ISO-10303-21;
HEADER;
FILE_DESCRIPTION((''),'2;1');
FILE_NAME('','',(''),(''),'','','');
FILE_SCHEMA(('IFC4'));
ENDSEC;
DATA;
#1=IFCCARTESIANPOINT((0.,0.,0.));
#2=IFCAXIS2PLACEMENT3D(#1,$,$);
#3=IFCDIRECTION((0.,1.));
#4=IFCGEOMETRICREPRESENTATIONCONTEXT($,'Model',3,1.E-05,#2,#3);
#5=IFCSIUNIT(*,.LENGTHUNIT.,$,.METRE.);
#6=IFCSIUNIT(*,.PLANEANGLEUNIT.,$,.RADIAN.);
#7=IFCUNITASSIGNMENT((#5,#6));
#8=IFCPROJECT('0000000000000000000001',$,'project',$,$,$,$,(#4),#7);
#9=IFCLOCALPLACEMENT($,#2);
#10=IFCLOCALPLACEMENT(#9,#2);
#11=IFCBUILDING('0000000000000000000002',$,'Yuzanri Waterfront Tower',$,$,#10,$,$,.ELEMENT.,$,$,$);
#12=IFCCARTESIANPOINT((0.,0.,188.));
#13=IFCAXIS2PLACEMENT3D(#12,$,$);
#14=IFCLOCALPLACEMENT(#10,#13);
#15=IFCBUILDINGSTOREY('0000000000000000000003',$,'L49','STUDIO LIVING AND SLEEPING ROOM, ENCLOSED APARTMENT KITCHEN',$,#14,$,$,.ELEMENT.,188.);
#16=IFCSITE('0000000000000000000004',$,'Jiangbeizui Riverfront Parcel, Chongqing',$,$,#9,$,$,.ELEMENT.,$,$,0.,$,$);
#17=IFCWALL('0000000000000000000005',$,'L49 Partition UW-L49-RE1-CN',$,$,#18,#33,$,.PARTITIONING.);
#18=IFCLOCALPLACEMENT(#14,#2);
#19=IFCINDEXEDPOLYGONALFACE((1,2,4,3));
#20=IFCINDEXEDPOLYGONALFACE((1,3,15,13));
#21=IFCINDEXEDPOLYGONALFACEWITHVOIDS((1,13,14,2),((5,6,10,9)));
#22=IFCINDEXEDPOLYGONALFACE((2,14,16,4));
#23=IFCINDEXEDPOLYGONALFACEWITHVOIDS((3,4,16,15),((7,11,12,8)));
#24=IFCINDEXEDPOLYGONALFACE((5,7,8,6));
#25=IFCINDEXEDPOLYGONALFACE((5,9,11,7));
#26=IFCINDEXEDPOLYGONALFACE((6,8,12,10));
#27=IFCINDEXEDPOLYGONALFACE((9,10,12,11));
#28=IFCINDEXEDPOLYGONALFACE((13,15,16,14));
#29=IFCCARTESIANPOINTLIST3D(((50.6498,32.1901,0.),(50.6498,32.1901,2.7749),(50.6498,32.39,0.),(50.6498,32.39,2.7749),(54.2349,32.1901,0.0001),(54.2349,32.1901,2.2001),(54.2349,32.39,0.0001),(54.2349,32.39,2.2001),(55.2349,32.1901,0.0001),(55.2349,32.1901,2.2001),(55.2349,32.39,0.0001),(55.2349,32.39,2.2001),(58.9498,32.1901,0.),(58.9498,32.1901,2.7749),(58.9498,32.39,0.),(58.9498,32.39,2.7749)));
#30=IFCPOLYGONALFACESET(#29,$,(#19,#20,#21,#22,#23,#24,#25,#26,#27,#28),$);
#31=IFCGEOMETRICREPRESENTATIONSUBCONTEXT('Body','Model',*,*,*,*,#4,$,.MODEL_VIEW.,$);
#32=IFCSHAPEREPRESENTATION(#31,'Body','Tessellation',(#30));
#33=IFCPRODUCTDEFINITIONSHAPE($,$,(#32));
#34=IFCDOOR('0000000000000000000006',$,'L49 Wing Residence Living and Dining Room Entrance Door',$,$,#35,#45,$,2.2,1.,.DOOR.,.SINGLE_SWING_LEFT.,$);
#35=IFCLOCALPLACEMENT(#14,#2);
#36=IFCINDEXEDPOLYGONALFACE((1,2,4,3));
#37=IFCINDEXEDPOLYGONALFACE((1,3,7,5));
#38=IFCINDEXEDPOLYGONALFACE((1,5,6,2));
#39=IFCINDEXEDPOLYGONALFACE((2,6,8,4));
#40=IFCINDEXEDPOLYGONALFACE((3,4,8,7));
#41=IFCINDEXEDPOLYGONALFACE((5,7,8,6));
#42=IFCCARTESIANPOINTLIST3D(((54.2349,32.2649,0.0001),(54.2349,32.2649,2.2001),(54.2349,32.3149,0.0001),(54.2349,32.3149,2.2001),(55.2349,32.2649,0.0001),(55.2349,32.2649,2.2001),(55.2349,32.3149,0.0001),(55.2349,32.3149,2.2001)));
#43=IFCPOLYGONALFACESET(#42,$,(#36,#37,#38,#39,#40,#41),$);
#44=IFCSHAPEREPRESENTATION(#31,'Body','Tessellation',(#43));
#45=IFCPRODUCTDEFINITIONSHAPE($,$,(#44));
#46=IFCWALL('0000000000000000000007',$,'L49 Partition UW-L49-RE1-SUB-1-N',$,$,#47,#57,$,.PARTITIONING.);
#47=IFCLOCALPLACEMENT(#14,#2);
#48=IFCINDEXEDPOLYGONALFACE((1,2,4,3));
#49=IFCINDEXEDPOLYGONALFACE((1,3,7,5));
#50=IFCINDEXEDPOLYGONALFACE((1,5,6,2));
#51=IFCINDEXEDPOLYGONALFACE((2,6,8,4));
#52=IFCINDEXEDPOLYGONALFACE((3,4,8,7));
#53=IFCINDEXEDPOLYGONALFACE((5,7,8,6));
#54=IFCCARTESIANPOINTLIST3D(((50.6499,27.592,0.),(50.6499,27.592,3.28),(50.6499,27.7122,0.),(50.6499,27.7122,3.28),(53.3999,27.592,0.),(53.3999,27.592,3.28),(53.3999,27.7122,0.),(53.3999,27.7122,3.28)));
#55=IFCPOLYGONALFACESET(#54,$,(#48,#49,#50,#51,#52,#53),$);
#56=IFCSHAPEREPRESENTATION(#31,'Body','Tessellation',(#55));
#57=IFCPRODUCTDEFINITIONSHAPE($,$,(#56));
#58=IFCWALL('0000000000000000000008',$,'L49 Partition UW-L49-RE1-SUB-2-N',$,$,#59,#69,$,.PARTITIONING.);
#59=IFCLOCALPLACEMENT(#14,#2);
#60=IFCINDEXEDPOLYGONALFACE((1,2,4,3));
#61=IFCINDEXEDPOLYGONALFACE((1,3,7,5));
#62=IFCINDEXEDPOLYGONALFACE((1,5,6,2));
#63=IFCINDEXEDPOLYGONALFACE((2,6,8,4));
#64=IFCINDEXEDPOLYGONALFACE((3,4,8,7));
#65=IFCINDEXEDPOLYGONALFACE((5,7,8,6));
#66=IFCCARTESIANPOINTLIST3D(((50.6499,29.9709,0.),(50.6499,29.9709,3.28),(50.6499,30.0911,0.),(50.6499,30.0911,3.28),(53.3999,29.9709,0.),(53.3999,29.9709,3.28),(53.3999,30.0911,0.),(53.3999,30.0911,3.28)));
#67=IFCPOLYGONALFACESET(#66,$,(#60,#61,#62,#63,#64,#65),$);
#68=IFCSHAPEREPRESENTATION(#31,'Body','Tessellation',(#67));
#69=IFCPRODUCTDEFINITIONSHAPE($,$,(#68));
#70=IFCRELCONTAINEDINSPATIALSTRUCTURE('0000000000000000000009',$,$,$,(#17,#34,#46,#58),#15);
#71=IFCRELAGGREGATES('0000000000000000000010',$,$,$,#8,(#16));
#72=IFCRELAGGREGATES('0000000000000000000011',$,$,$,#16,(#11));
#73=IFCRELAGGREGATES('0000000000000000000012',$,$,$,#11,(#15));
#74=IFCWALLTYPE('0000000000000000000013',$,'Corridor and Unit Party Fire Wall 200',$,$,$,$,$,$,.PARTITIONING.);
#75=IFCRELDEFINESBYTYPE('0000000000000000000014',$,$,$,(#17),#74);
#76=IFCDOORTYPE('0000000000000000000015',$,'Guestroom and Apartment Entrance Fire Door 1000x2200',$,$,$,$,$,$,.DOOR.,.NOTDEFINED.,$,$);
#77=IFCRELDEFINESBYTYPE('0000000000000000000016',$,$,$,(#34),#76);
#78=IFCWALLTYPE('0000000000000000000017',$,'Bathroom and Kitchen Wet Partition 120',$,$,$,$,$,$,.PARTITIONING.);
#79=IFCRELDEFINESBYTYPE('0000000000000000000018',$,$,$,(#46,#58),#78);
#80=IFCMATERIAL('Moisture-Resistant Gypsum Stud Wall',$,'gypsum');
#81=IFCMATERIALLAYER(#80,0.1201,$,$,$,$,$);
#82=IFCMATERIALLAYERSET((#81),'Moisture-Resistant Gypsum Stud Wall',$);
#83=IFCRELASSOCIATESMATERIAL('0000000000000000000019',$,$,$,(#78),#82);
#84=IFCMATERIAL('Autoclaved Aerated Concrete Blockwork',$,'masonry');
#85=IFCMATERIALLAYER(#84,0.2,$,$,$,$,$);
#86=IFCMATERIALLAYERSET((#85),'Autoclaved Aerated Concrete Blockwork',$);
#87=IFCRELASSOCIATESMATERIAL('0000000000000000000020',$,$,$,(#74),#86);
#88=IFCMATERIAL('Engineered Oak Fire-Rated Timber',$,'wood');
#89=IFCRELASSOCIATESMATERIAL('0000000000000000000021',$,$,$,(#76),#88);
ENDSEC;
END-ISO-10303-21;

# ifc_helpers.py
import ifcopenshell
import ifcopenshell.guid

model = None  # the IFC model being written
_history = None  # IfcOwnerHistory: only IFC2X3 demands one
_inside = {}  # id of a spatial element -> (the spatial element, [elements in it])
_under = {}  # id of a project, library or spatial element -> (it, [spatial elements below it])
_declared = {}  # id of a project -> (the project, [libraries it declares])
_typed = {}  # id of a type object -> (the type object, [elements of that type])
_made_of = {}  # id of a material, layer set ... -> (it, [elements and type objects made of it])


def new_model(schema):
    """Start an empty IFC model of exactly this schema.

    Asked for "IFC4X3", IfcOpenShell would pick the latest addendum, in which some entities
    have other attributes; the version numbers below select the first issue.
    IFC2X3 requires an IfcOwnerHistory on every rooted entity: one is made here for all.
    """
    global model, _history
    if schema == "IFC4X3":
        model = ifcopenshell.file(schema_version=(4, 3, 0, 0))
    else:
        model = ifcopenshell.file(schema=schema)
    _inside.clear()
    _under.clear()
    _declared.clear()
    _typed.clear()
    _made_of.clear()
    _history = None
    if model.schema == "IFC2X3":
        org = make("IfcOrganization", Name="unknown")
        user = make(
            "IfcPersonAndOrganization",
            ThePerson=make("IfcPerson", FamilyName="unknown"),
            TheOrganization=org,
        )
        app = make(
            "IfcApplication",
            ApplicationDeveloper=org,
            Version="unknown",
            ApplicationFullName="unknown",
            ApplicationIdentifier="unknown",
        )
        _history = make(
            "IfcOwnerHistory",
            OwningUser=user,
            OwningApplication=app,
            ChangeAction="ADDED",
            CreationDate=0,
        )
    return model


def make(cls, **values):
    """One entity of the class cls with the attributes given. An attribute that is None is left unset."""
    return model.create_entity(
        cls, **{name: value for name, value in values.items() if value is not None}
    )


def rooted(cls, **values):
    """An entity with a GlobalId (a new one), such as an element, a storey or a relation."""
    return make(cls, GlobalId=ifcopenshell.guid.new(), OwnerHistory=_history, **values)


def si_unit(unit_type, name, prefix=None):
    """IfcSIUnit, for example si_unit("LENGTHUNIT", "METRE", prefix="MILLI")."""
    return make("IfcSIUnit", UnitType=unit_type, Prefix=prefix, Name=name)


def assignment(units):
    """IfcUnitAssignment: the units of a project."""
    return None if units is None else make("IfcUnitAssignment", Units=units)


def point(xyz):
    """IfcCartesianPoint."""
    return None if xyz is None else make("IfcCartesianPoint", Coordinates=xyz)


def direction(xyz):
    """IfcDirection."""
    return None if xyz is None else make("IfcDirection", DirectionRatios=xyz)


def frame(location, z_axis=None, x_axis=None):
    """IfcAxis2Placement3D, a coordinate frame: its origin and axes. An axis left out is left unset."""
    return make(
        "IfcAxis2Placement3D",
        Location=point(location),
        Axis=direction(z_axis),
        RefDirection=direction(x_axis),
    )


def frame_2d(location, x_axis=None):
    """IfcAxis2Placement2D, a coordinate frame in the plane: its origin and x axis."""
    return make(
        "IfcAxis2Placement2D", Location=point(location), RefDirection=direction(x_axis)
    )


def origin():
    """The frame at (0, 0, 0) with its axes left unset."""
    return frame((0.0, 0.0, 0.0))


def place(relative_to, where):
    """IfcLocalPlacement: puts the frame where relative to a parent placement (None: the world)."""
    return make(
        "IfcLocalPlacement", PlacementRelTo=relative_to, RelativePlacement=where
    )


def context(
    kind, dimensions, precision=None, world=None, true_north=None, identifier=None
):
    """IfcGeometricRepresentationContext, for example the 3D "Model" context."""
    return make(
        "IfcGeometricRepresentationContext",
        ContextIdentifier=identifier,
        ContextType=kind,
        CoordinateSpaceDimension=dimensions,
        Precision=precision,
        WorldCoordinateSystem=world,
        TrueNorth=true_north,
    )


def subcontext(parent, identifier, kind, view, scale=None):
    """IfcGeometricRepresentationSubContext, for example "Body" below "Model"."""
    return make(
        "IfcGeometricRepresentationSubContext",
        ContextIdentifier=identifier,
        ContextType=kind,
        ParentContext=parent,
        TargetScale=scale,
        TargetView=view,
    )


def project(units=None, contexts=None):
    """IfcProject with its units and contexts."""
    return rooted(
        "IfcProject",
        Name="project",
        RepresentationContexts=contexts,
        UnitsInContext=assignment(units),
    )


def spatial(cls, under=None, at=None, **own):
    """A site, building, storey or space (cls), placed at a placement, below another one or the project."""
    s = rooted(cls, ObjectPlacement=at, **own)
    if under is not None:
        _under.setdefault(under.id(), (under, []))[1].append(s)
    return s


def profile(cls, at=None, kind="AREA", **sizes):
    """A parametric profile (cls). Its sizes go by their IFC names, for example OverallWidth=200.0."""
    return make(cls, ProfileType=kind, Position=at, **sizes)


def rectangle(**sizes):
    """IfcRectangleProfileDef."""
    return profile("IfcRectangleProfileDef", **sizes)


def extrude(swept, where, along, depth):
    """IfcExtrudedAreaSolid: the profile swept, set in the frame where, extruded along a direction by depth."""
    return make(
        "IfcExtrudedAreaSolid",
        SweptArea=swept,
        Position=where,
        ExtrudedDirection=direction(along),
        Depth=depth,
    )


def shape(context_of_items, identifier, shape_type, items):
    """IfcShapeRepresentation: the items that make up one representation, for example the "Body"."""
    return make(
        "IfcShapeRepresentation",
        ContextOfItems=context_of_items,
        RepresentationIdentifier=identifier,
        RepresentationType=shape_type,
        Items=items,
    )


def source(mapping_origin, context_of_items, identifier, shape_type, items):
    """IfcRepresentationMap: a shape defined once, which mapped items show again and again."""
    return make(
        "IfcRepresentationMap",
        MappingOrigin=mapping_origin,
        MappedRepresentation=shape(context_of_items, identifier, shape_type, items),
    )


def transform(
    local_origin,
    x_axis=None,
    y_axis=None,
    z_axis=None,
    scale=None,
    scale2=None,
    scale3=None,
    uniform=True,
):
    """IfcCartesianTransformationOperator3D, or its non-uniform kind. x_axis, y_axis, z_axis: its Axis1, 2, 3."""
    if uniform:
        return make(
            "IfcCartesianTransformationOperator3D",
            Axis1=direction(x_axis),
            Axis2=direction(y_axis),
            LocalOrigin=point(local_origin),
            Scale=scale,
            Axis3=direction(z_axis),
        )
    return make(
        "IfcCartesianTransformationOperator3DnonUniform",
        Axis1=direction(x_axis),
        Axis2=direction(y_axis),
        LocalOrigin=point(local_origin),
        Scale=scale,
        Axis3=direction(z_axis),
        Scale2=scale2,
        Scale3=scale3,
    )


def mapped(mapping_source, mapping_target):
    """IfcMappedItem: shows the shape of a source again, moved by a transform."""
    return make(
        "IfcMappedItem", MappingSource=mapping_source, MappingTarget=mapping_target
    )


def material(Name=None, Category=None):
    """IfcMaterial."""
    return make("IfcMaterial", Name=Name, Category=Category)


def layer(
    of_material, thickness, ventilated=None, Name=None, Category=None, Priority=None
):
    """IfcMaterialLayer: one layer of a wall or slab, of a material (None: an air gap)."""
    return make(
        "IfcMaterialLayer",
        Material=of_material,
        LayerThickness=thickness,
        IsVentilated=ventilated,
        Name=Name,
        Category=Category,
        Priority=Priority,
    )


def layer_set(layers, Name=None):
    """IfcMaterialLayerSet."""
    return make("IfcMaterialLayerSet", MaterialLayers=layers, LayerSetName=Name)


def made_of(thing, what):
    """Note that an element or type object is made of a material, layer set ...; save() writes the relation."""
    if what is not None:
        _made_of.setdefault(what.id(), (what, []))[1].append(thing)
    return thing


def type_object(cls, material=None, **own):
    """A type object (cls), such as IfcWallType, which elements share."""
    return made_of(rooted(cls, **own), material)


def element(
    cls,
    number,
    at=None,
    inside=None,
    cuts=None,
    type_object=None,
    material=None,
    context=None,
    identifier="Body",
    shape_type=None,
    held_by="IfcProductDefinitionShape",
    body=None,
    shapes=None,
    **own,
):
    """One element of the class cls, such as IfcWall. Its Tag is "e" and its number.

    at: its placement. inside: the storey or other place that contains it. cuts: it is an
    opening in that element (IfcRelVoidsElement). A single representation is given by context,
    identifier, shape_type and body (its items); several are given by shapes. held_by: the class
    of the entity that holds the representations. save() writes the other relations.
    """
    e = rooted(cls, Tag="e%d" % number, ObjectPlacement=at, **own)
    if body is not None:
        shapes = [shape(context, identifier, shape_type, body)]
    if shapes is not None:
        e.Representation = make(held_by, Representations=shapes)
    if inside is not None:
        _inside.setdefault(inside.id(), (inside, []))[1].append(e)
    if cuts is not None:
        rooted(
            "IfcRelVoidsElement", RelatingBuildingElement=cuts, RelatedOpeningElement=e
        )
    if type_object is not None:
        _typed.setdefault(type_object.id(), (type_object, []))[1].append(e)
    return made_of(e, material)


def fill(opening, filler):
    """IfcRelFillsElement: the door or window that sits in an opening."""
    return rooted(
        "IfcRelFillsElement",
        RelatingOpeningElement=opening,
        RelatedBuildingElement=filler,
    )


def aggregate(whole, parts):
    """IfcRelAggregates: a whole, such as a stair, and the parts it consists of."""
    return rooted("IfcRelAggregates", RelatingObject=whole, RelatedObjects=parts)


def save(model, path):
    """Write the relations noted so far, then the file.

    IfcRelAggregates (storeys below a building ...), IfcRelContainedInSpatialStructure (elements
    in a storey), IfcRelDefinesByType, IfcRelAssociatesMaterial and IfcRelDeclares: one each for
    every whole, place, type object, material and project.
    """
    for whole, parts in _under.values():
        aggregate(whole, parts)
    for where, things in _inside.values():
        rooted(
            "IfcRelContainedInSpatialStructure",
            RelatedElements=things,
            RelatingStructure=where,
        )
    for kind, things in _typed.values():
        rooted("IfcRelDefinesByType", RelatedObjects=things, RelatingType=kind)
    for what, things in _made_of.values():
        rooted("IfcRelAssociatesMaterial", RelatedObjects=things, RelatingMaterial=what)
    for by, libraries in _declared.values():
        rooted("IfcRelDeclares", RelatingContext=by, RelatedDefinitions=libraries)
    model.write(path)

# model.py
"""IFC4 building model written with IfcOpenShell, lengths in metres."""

from ifc_helpers import new_model, si_unit, direction, frame, frame_2d, origin, place, context, subcontext, project, spatial, rectangle, extrude, source, transform, mapped, material, layer, layer_set, type_object, element, fill, save


model = new_model("IFC4")

# Units and contexts
model_context = context("Model", 3, precision=1e-05, world=origin(), true_north=direction((0.0, 1.0)))
body_context = subcontext(model_context, "Body", "Model", "MODEL_VIEW")
ifc_project = project(units=[si_unit("LENGTHUNIT", "METRE"), si_unit("PLANEANGLEUNIT", "RADIAN")], contexts=[model_context])

# Site, building, storey
site_placement = place(None, origin())
site = spatial("IfcSite", under=ifc_project, at=site_placement, Name="Jiangbeizui Riverfront Parcel, Chongqing", CompositionType="ELEMENT", RefElevation=0.0)
building_placement = place(site_placement, origin())
building = spatial("IfcBuilding", under=site, at=building_placement, Name="Yuzanri Waterfront Tower", CompositionType="ELEMENT")
storey_placement = place(building_placement, frame((0.0, 0.0, 188.0)))
storey = spatial("IfcBuildingStorey", under=building, at=storey_placement, Name="L49", Description="STUDIO LIVING AND SLEEPING ROOM, ENCLOSED APARTMENT KITCHEN", CompositionType="ELEMENT", Elevation=188.0)

# Wall, opening, door
ifc_material_1 = material(Name="Moisture-Resistant Gypsum Stud Wall", Category="gypsum")
ifc_layer_1 = layer(ifc_material_1, 0.1201)
ifc_layer_set_1 = layer_set([ifc_layer_1], Name="Moisture-Resistant Gypsum Stud Wall")
wall_type_1 = type_object("IfcWallType", Name="Bathroom and Kitchen Wet Partition 120", PredefinedType="PARTITIONING", material=ifc_layer_set_1)
ifc_material_2 = material(Name="Autoclaved Aerated Concrete Blockwork", Category="masonry")
ifc_layer_2 = layer(ifc_material_2, 0.2)
ifc_layer_set_2 = layer_set([ifc_layer_2], Name="Autoclaved Aerated Concrete Blockwork")
wall_type_2 = type_object("IfcWallType", Name="Corridor and Unit Party Fire Wall 200", PredefinedType="PARTITIONING", material=ifc_layer_set_2)
wall_1_placement = place(storey_placement, frame((50.6499, 32.29, 0.0), z_axis=(0.0, 0.0, 1.0), x_axis=(1.0, 0.0, 0.0)))
wall_1 = element("IfcWall", 1, at=wall_1_placement, inside=storey, type_object=wall_type_2, Name="L49 Partition UW-L49-RE1-CN", PredefinedType="PARTITIONING", context=body_context, shape_type="SweptSolid", body=[
    extrude(rectangle(XDim=8.3, YDim=0.2, at=frame_2d((4.1499, 0.0))), origin(), (0.0, 0.0, 1.0), 2.7749),
])
opening_1_placement = place(wall_1_placement, frame((3.585, 0.0, 0.0)))
opening_1 = element("IfcOpeningElement", 2, at=opening_1_placement, cuts=wall_1, PredefinedType="OPENING", context=body_context, shape_type="SweptSolid", body=[
    extrude(rectangle(XDim=1.0, YDim=2.2, at=frame_2d((0.5, 1.1001))), frame((0.0, 0.1147, 0.0), z_axis=(0.0, -1.0, 0.0), x_axis=(1.0, 0.0, 0.0)), (0.0, 0.0, 1.0), 0.2297),
])
ifc_material_3 = material(Name="Engineered Oak Fire-Rated Timber", Category="wood")
door_type_1 = type_object("IfcDoorType", Name="Guestroom and Apartment Entrance Fire Door 1000x2200", OperationType="NOTDEFINED", PredefinedType="DOOR", material=ifc_material_3)
shared_shape_1 = source(origin(), body_context, "Body", "SweptSolid", [
    extrude(rectangle(XDim=1.0, YDim=2.2, at=frame_2d((0.5, 1.1001))), frame((0.0, 0.0249, 0.0), z_axis=(0.0, -1.0, 0.0), x_axis=(1.0, 0.0, 0.0)), (0.0, 0.0, 1.0), 0.05),
])
door_1_placement = place(opening_1_placement, origin())
door_1 = element("IfcDoor", 3, at=door_1_placement, inside=storey, type_object=door_type_1, Name="L49 Wing Residence Living and Dining Room Entrance Door", OperationType="SINGLE_SWING_LEFT", OverallHeight=2.2, OverallWidth=1.0, PredefinedType="DOOR", context=body_context, shape_type="MappedRepresentation", body=[
    mapped(shared_shape_1, transform((0.0, 0.0, 0.0), scale=1.0)),
])
fill(opening_1, door_1)

# Walls
shared_shape_2 = source(origin(), body_context, "Body", "SweptSolid", [
    extrude(rectangle(XDim=2.75, YDim=0.1201, at=frame_2d((1.375, 0.0))), origin(), (0.0, 0.0, 1.0), 3.28),
])
for number, where, z_axis, x_axis, name in (
    (4, (50.6499, 27.6521, 0.0), (0.0, 0.0, 1.0), (1.0, 0.0, 0.0), "L49 Partition UW-L49-RE1-SUB-1-N"),
    (5, (50.6499, 30.031, 0.0), (0.0, 0.0, 1.0), (1.0, 0.0, 0.0), "L49 Partition UW-L49-RE1-SUB-2-N"),
):
    element("IfcWall", number, at=place(storey_placement, frame(where, z_axis=z_axis, x_axis=x_axis)), inside=storey, type_object=wall_type_1, Name=name, PredefinedType="PARTITIONING", context=body_context, shape_type="MappedRepresentation", body=[
        mapped(shared_shape_2, transform((0.0, 0.0, 0.0), scale=1.0)),
    ])

save(model, "model.ifc")
